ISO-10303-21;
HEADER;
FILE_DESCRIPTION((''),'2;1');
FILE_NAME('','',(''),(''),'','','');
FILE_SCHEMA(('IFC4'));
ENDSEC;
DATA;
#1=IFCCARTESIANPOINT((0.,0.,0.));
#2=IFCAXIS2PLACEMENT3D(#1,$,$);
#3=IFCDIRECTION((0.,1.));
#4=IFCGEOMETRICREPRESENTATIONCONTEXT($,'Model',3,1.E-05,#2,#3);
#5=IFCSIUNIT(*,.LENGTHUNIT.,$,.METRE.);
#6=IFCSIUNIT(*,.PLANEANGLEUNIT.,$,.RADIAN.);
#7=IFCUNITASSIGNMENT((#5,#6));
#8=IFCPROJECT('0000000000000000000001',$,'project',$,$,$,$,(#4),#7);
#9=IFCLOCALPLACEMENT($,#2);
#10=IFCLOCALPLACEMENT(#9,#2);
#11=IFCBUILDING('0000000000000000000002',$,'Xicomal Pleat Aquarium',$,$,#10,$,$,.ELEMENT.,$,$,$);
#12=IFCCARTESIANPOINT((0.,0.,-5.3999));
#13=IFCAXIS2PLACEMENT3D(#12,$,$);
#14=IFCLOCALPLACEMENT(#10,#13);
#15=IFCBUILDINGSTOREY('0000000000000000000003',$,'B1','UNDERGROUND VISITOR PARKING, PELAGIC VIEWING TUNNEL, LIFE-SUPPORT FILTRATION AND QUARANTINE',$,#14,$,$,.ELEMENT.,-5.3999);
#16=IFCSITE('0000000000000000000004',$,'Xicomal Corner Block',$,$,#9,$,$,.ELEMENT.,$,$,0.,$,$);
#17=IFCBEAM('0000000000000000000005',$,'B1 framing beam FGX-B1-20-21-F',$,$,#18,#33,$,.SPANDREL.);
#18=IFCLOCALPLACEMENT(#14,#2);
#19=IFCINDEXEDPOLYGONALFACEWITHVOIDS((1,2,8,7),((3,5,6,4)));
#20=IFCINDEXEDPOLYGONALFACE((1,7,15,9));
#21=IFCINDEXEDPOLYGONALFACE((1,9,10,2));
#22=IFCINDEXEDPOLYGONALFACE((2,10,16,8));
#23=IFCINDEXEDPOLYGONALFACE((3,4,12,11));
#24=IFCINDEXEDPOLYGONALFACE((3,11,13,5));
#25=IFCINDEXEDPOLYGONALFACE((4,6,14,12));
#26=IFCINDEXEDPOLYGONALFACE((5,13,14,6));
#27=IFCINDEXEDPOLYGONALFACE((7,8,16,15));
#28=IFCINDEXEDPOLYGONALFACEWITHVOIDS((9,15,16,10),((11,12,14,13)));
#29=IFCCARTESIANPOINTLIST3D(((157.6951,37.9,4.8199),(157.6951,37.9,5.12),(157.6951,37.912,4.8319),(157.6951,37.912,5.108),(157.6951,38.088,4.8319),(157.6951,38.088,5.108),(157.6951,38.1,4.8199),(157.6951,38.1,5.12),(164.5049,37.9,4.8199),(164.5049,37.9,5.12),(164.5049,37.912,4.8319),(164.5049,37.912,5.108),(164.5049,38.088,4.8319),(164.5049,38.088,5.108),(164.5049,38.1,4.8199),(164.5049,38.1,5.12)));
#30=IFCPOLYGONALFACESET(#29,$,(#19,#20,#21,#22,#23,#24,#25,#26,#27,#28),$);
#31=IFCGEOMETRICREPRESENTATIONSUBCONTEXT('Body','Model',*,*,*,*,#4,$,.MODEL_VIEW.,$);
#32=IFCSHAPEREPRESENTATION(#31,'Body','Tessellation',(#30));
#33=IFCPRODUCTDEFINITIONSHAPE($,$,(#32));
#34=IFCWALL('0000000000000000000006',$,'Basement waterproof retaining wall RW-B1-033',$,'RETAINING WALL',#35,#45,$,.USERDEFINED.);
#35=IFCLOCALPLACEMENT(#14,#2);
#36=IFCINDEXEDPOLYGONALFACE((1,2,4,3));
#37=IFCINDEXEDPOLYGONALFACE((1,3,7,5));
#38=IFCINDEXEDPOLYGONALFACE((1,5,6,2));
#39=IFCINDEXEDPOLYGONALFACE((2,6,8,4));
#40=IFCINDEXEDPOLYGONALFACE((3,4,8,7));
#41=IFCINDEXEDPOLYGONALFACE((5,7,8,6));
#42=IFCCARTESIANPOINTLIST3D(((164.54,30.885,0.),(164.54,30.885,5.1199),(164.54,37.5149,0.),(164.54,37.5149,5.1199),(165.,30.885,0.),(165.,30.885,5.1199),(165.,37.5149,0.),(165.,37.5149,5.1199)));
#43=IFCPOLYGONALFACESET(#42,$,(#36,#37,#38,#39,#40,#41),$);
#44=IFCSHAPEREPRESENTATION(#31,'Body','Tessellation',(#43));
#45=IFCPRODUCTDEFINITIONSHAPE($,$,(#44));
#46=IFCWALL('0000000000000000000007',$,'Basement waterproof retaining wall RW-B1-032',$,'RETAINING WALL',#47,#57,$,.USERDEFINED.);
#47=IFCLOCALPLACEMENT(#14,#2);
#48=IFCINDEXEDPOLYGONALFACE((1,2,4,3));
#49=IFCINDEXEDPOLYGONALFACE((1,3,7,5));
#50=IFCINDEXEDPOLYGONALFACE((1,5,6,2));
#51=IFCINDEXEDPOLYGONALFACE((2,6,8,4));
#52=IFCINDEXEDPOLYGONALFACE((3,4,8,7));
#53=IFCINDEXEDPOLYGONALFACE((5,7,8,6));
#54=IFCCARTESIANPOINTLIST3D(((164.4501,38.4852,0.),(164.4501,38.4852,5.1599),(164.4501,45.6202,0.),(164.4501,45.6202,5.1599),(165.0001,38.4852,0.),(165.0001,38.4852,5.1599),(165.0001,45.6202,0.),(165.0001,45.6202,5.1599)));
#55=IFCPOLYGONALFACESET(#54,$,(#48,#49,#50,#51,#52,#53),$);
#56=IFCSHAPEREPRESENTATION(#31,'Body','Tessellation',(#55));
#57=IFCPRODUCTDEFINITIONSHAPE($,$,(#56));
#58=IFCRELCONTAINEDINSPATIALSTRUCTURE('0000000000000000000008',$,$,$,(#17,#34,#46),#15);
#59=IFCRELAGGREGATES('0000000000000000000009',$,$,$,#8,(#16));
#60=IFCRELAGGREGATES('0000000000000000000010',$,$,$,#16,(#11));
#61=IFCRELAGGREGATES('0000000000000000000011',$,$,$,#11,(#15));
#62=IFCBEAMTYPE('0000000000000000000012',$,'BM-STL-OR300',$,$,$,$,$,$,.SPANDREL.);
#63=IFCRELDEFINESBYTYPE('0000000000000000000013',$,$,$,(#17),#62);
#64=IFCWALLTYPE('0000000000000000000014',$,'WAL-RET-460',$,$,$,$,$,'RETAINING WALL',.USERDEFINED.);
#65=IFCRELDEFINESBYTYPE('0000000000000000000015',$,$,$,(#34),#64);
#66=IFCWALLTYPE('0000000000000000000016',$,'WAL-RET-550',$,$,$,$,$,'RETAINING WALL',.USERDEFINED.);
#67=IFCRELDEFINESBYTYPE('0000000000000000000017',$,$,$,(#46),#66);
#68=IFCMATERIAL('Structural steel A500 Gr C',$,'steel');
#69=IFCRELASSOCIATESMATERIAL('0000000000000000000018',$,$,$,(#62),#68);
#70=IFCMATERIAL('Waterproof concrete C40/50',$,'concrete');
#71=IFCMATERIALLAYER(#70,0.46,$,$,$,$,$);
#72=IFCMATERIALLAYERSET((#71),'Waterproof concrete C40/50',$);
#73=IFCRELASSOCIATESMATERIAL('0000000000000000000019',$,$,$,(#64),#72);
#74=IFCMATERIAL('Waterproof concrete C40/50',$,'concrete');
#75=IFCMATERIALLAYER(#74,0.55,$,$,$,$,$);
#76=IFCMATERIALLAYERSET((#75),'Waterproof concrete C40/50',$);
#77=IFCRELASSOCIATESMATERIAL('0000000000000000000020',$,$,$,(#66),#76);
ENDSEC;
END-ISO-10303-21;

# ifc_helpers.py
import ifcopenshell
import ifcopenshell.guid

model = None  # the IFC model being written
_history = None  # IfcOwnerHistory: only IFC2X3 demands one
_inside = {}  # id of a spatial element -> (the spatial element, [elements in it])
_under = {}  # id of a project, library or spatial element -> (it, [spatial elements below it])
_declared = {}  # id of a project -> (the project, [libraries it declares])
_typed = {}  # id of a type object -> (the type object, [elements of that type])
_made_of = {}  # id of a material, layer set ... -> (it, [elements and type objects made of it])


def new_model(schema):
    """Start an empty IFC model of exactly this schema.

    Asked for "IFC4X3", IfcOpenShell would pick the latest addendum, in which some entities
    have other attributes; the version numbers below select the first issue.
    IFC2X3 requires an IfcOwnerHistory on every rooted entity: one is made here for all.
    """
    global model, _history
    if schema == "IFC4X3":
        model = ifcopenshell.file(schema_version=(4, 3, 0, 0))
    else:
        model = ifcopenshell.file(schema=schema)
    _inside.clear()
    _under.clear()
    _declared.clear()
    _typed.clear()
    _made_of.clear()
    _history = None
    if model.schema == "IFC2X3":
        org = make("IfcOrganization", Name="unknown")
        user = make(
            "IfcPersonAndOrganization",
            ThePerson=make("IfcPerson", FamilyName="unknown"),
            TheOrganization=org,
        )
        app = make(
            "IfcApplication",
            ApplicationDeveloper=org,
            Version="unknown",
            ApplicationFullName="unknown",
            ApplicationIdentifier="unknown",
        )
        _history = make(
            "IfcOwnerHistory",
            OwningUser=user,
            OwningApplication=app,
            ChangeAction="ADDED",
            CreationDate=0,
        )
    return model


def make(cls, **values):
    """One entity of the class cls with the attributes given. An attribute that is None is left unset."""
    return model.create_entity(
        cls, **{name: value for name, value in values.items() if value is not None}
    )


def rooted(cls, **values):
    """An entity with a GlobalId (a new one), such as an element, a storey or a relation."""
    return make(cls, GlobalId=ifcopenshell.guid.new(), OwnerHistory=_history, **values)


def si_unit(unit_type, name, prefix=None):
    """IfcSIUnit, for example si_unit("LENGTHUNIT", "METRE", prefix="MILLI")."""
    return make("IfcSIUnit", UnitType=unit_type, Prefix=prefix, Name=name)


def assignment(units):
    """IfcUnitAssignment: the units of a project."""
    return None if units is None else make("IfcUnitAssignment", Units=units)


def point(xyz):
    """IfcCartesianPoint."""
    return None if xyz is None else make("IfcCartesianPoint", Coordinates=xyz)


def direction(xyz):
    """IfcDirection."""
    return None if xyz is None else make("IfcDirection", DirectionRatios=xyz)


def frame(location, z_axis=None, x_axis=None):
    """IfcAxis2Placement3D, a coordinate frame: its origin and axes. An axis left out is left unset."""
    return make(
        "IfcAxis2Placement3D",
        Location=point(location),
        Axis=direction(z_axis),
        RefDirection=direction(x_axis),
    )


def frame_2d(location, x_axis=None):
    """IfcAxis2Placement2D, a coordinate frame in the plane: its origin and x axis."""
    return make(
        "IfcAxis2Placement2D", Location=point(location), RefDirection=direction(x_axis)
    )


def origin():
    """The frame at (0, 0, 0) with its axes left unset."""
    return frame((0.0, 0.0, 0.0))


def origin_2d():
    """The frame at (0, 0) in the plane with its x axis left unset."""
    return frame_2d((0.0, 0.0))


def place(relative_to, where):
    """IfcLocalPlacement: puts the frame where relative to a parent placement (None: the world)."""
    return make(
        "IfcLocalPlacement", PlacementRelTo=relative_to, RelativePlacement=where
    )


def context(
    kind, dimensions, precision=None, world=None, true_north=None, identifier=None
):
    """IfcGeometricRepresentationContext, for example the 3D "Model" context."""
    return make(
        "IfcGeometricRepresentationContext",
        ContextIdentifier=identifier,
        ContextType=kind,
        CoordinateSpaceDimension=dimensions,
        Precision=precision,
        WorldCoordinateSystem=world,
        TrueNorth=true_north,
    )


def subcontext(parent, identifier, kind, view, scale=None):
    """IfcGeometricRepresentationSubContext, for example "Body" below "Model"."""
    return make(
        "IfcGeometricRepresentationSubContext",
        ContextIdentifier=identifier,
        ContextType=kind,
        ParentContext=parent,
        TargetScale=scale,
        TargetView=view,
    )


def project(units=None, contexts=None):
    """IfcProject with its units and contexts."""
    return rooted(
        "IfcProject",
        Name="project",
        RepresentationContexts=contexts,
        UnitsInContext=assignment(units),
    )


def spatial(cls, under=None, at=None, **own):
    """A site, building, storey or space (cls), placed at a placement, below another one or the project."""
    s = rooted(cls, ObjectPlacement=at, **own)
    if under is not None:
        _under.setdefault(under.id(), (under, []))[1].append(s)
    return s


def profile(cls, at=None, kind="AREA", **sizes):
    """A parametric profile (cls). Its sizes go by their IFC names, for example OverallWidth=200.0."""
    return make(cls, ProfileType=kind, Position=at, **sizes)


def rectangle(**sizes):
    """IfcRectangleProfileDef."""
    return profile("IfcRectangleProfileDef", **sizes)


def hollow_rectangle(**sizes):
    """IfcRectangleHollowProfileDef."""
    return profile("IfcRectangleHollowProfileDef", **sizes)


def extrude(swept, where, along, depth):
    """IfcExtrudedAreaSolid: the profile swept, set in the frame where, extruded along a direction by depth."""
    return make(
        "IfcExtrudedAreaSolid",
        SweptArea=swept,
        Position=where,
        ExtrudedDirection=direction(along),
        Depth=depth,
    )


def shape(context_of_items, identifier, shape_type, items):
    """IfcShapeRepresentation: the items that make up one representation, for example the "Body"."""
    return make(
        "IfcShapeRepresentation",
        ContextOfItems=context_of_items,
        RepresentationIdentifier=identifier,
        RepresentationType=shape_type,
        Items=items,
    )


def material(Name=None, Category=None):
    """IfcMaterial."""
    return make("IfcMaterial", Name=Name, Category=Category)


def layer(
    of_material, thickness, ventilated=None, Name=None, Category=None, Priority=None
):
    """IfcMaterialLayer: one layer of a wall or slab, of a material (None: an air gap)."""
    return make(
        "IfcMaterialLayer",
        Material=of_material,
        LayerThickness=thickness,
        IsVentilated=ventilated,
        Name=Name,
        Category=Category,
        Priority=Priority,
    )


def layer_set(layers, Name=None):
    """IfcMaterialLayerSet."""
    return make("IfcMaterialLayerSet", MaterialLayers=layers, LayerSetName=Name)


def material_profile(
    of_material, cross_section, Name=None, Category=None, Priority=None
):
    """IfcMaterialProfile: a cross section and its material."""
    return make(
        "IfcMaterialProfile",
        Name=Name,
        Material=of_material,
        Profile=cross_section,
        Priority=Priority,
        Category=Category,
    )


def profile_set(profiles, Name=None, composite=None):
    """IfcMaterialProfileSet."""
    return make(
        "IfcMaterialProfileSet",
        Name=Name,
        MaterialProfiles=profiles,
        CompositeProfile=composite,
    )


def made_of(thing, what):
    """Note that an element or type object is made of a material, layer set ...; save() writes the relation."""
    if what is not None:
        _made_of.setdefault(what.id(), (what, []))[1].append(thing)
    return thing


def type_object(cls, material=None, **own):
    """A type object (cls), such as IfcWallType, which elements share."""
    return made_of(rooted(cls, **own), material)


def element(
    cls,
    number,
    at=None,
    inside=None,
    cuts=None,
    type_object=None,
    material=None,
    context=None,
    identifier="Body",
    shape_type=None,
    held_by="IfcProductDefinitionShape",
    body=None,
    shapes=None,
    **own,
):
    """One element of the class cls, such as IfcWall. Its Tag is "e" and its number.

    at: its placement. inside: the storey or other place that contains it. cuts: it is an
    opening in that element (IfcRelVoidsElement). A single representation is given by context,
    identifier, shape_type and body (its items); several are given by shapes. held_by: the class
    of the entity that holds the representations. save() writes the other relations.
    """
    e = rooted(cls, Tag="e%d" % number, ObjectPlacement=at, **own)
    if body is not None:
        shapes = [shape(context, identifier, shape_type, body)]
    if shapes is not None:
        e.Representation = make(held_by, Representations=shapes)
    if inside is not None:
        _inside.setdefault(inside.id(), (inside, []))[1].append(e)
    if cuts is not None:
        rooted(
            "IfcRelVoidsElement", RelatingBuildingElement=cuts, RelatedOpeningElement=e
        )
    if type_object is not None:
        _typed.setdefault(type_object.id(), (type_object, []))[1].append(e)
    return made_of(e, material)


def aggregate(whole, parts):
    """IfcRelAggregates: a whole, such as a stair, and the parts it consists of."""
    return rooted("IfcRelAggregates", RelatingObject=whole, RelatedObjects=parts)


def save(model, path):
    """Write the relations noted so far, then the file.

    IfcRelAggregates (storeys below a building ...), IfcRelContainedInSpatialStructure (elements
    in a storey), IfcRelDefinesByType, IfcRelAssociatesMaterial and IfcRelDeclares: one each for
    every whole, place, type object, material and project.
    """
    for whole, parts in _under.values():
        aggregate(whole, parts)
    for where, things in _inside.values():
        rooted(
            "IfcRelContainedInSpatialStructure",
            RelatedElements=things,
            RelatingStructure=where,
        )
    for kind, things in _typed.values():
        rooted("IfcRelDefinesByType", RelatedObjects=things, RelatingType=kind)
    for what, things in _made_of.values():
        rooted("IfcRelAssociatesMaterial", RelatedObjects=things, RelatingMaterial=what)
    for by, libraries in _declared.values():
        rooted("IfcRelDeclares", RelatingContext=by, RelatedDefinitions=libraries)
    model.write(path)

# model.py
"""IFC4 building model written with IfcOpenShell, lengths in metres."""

from ifc_helpers import new_model, si_unit, direction, frame, frame_2d, origin, origin_2d, place, context, subcontext, project, spatial, rectangle, hollow_rectangle, extrude, material, layer, layer_set, material_profile, profile_set, type_object, element, save


model = new_model("IFC4")

# Units and contexts
model_context = context("Model", 3, precision=1e-05, world=origin(), true_north=direction((0.0, 1.0)))
body_context = subcontext(model_context, "Body", "Model", "MODEL_VIEW")
ifc_project = project(units=[si_unit("LENGTHUNIT", "METRE"), si_unit("PLANEANGLEUNIT", "RADIAN")], contexts=[model_context])

# Site, building, storey
site_placement = place(None, origin())
site = spatial("IfcSite", under=ifc_project, at=site_placement, Name="Xicomal Corner Block", CompositionType="ELEMENT", RefElevation=0.0)
building_placement = place(site_placement, origin())
building = spatial("IfcBuilding", under=site, at=building_placement, Name="Xicomal Pleat Aquarium", CompositionType="ELEMENT")
storey_placement = place(building_placement, frame((0.0, 0.0, -5.3999)))
storey = spatial("IfcBuildingStorey", under=building, at=storey_placement, Name="B1", Description="UNDERGROUND VISITOR PARKING, PELAGIC VIEWING TUNNEL, LIFE-SUPPORT FILTRATION AND QUARANTINE", CompositionType="ELEMENT", Elevation=-5.3999)

# Beam
ifc_material_1 = material(Name="Structural steel A500 Gr C", Category="steel")
ifc_material_profile_1 = material_profile(ifc_material_1, hollow_rectangle(XDim=0.2, YDim=0.3, WallThickness=0.012, at=origin_2d()), Name="OR 300x200x12")
ifc_profile_set_1 = profile_set([ifc_material_profile_1], Name="Structural steel A500 Gr C")
beam_type_1 = type_object("IfcBeamType", Name="BM-STL-OR300", PredefinedType="SPANDREL", material=ifc_profile_set_1)
beam_1_placement = place(storey_placement, frame((157.6951, 38.0, 4.97), z_axis=(1.0, 0.0, 0.0), x_axis=(0.0, 1.0, 0.0)))
element("IfcBeam", 1, at=beam_1_placement, inside=storey, type_object=beam_type_1, Name="B1 framing beam FGX-B1-20-21-F", PredefinedType="SPANDREL", context=body_context, shape_type="SweptSolid", body=[
    extrude(hollow_rectangle(XDim=0.2, YDim=0.3, WallThickness=0.012, at=origin_2d()), origin(), (0.0, 0.0, 1.0), 6.8098),
])

# Walls
ifc_material_2 = material(Name="Waterproof concrete C40/50", Category="concrete")
ifc_layer_1 = layer(ifc_material_2, 0.46)
ifc_layer_set_1 = layer_set([ifc_layer_1], Name="Waterproof concrete C40/50")
wall_type_1 = type_object("IfcWallType", Name="WAL-RET-460", ElementType="RETAINING WALL", PredefinedType="USERDEFINED", material=ifc_layer_set_1)
wall_1_placement = place(storey_placement, frame((164.77, 37.5149, 0.0), z_axis=(0.0, 0.0, 1.0), x_axis=(0.0, -1.0, 0.0)))
element("IfcWall", 2, at=wall_1_placement, inside=storey, type_object=wall_type_1, Name="Basement waterproof retaining wall RW-B1-033", ObjectType="RETAINING WALL", PredefinedType="USERDEFINED", context=body_context, shape_type="SweptSolid", body=[
    extrude(rectangle(XDim=6.6299, YDim=0.46, at=frame_2d((3.3149, 0.0))), origin(), (0.0, 0.0, 1.0), 5.1199),
])
ifc_material_3 = material(Name="Waterproof concrete C40/50", Category="concrete")
ifc_layer_2 = layer(ifc_material_3, 0.55)
ifc_layer_set_2 = layer_set([ifc_layer_2], Name="Waterproof concrete C40/50")
wall_type_2 = type_object("IfcWallType", Name="WAL-RET-550", ElementType="RETAINING WALL", PredefinedType="USERDEFINED", material=ifc_layer_set_2)
wall_2_placement = place(storey_placement, frame((164.7251, 45.6201, 0.0), z_axis=(0.0, 0.0, 1.0), x_axis=(0.0, -1.0, 0.0)))
element("IfcWall", 3, at=wall_2_placement, inside=storey, type_object=wall_type_2, Name="Basement waterproof retaining wall RW-B1-032", ObjectType="RETAINING WALL", PredefinedType="USERDEFINED", context=body_context, shape_type="SweptSolid", body=[
    extrude(rectangle(XDim=7.135, YDim=0.55, at=frame_2d((3.5674, 0.0))), origin(), (0.0, 0.0, 1.0), 5.1599),
])

save(model, "model.ifc")
